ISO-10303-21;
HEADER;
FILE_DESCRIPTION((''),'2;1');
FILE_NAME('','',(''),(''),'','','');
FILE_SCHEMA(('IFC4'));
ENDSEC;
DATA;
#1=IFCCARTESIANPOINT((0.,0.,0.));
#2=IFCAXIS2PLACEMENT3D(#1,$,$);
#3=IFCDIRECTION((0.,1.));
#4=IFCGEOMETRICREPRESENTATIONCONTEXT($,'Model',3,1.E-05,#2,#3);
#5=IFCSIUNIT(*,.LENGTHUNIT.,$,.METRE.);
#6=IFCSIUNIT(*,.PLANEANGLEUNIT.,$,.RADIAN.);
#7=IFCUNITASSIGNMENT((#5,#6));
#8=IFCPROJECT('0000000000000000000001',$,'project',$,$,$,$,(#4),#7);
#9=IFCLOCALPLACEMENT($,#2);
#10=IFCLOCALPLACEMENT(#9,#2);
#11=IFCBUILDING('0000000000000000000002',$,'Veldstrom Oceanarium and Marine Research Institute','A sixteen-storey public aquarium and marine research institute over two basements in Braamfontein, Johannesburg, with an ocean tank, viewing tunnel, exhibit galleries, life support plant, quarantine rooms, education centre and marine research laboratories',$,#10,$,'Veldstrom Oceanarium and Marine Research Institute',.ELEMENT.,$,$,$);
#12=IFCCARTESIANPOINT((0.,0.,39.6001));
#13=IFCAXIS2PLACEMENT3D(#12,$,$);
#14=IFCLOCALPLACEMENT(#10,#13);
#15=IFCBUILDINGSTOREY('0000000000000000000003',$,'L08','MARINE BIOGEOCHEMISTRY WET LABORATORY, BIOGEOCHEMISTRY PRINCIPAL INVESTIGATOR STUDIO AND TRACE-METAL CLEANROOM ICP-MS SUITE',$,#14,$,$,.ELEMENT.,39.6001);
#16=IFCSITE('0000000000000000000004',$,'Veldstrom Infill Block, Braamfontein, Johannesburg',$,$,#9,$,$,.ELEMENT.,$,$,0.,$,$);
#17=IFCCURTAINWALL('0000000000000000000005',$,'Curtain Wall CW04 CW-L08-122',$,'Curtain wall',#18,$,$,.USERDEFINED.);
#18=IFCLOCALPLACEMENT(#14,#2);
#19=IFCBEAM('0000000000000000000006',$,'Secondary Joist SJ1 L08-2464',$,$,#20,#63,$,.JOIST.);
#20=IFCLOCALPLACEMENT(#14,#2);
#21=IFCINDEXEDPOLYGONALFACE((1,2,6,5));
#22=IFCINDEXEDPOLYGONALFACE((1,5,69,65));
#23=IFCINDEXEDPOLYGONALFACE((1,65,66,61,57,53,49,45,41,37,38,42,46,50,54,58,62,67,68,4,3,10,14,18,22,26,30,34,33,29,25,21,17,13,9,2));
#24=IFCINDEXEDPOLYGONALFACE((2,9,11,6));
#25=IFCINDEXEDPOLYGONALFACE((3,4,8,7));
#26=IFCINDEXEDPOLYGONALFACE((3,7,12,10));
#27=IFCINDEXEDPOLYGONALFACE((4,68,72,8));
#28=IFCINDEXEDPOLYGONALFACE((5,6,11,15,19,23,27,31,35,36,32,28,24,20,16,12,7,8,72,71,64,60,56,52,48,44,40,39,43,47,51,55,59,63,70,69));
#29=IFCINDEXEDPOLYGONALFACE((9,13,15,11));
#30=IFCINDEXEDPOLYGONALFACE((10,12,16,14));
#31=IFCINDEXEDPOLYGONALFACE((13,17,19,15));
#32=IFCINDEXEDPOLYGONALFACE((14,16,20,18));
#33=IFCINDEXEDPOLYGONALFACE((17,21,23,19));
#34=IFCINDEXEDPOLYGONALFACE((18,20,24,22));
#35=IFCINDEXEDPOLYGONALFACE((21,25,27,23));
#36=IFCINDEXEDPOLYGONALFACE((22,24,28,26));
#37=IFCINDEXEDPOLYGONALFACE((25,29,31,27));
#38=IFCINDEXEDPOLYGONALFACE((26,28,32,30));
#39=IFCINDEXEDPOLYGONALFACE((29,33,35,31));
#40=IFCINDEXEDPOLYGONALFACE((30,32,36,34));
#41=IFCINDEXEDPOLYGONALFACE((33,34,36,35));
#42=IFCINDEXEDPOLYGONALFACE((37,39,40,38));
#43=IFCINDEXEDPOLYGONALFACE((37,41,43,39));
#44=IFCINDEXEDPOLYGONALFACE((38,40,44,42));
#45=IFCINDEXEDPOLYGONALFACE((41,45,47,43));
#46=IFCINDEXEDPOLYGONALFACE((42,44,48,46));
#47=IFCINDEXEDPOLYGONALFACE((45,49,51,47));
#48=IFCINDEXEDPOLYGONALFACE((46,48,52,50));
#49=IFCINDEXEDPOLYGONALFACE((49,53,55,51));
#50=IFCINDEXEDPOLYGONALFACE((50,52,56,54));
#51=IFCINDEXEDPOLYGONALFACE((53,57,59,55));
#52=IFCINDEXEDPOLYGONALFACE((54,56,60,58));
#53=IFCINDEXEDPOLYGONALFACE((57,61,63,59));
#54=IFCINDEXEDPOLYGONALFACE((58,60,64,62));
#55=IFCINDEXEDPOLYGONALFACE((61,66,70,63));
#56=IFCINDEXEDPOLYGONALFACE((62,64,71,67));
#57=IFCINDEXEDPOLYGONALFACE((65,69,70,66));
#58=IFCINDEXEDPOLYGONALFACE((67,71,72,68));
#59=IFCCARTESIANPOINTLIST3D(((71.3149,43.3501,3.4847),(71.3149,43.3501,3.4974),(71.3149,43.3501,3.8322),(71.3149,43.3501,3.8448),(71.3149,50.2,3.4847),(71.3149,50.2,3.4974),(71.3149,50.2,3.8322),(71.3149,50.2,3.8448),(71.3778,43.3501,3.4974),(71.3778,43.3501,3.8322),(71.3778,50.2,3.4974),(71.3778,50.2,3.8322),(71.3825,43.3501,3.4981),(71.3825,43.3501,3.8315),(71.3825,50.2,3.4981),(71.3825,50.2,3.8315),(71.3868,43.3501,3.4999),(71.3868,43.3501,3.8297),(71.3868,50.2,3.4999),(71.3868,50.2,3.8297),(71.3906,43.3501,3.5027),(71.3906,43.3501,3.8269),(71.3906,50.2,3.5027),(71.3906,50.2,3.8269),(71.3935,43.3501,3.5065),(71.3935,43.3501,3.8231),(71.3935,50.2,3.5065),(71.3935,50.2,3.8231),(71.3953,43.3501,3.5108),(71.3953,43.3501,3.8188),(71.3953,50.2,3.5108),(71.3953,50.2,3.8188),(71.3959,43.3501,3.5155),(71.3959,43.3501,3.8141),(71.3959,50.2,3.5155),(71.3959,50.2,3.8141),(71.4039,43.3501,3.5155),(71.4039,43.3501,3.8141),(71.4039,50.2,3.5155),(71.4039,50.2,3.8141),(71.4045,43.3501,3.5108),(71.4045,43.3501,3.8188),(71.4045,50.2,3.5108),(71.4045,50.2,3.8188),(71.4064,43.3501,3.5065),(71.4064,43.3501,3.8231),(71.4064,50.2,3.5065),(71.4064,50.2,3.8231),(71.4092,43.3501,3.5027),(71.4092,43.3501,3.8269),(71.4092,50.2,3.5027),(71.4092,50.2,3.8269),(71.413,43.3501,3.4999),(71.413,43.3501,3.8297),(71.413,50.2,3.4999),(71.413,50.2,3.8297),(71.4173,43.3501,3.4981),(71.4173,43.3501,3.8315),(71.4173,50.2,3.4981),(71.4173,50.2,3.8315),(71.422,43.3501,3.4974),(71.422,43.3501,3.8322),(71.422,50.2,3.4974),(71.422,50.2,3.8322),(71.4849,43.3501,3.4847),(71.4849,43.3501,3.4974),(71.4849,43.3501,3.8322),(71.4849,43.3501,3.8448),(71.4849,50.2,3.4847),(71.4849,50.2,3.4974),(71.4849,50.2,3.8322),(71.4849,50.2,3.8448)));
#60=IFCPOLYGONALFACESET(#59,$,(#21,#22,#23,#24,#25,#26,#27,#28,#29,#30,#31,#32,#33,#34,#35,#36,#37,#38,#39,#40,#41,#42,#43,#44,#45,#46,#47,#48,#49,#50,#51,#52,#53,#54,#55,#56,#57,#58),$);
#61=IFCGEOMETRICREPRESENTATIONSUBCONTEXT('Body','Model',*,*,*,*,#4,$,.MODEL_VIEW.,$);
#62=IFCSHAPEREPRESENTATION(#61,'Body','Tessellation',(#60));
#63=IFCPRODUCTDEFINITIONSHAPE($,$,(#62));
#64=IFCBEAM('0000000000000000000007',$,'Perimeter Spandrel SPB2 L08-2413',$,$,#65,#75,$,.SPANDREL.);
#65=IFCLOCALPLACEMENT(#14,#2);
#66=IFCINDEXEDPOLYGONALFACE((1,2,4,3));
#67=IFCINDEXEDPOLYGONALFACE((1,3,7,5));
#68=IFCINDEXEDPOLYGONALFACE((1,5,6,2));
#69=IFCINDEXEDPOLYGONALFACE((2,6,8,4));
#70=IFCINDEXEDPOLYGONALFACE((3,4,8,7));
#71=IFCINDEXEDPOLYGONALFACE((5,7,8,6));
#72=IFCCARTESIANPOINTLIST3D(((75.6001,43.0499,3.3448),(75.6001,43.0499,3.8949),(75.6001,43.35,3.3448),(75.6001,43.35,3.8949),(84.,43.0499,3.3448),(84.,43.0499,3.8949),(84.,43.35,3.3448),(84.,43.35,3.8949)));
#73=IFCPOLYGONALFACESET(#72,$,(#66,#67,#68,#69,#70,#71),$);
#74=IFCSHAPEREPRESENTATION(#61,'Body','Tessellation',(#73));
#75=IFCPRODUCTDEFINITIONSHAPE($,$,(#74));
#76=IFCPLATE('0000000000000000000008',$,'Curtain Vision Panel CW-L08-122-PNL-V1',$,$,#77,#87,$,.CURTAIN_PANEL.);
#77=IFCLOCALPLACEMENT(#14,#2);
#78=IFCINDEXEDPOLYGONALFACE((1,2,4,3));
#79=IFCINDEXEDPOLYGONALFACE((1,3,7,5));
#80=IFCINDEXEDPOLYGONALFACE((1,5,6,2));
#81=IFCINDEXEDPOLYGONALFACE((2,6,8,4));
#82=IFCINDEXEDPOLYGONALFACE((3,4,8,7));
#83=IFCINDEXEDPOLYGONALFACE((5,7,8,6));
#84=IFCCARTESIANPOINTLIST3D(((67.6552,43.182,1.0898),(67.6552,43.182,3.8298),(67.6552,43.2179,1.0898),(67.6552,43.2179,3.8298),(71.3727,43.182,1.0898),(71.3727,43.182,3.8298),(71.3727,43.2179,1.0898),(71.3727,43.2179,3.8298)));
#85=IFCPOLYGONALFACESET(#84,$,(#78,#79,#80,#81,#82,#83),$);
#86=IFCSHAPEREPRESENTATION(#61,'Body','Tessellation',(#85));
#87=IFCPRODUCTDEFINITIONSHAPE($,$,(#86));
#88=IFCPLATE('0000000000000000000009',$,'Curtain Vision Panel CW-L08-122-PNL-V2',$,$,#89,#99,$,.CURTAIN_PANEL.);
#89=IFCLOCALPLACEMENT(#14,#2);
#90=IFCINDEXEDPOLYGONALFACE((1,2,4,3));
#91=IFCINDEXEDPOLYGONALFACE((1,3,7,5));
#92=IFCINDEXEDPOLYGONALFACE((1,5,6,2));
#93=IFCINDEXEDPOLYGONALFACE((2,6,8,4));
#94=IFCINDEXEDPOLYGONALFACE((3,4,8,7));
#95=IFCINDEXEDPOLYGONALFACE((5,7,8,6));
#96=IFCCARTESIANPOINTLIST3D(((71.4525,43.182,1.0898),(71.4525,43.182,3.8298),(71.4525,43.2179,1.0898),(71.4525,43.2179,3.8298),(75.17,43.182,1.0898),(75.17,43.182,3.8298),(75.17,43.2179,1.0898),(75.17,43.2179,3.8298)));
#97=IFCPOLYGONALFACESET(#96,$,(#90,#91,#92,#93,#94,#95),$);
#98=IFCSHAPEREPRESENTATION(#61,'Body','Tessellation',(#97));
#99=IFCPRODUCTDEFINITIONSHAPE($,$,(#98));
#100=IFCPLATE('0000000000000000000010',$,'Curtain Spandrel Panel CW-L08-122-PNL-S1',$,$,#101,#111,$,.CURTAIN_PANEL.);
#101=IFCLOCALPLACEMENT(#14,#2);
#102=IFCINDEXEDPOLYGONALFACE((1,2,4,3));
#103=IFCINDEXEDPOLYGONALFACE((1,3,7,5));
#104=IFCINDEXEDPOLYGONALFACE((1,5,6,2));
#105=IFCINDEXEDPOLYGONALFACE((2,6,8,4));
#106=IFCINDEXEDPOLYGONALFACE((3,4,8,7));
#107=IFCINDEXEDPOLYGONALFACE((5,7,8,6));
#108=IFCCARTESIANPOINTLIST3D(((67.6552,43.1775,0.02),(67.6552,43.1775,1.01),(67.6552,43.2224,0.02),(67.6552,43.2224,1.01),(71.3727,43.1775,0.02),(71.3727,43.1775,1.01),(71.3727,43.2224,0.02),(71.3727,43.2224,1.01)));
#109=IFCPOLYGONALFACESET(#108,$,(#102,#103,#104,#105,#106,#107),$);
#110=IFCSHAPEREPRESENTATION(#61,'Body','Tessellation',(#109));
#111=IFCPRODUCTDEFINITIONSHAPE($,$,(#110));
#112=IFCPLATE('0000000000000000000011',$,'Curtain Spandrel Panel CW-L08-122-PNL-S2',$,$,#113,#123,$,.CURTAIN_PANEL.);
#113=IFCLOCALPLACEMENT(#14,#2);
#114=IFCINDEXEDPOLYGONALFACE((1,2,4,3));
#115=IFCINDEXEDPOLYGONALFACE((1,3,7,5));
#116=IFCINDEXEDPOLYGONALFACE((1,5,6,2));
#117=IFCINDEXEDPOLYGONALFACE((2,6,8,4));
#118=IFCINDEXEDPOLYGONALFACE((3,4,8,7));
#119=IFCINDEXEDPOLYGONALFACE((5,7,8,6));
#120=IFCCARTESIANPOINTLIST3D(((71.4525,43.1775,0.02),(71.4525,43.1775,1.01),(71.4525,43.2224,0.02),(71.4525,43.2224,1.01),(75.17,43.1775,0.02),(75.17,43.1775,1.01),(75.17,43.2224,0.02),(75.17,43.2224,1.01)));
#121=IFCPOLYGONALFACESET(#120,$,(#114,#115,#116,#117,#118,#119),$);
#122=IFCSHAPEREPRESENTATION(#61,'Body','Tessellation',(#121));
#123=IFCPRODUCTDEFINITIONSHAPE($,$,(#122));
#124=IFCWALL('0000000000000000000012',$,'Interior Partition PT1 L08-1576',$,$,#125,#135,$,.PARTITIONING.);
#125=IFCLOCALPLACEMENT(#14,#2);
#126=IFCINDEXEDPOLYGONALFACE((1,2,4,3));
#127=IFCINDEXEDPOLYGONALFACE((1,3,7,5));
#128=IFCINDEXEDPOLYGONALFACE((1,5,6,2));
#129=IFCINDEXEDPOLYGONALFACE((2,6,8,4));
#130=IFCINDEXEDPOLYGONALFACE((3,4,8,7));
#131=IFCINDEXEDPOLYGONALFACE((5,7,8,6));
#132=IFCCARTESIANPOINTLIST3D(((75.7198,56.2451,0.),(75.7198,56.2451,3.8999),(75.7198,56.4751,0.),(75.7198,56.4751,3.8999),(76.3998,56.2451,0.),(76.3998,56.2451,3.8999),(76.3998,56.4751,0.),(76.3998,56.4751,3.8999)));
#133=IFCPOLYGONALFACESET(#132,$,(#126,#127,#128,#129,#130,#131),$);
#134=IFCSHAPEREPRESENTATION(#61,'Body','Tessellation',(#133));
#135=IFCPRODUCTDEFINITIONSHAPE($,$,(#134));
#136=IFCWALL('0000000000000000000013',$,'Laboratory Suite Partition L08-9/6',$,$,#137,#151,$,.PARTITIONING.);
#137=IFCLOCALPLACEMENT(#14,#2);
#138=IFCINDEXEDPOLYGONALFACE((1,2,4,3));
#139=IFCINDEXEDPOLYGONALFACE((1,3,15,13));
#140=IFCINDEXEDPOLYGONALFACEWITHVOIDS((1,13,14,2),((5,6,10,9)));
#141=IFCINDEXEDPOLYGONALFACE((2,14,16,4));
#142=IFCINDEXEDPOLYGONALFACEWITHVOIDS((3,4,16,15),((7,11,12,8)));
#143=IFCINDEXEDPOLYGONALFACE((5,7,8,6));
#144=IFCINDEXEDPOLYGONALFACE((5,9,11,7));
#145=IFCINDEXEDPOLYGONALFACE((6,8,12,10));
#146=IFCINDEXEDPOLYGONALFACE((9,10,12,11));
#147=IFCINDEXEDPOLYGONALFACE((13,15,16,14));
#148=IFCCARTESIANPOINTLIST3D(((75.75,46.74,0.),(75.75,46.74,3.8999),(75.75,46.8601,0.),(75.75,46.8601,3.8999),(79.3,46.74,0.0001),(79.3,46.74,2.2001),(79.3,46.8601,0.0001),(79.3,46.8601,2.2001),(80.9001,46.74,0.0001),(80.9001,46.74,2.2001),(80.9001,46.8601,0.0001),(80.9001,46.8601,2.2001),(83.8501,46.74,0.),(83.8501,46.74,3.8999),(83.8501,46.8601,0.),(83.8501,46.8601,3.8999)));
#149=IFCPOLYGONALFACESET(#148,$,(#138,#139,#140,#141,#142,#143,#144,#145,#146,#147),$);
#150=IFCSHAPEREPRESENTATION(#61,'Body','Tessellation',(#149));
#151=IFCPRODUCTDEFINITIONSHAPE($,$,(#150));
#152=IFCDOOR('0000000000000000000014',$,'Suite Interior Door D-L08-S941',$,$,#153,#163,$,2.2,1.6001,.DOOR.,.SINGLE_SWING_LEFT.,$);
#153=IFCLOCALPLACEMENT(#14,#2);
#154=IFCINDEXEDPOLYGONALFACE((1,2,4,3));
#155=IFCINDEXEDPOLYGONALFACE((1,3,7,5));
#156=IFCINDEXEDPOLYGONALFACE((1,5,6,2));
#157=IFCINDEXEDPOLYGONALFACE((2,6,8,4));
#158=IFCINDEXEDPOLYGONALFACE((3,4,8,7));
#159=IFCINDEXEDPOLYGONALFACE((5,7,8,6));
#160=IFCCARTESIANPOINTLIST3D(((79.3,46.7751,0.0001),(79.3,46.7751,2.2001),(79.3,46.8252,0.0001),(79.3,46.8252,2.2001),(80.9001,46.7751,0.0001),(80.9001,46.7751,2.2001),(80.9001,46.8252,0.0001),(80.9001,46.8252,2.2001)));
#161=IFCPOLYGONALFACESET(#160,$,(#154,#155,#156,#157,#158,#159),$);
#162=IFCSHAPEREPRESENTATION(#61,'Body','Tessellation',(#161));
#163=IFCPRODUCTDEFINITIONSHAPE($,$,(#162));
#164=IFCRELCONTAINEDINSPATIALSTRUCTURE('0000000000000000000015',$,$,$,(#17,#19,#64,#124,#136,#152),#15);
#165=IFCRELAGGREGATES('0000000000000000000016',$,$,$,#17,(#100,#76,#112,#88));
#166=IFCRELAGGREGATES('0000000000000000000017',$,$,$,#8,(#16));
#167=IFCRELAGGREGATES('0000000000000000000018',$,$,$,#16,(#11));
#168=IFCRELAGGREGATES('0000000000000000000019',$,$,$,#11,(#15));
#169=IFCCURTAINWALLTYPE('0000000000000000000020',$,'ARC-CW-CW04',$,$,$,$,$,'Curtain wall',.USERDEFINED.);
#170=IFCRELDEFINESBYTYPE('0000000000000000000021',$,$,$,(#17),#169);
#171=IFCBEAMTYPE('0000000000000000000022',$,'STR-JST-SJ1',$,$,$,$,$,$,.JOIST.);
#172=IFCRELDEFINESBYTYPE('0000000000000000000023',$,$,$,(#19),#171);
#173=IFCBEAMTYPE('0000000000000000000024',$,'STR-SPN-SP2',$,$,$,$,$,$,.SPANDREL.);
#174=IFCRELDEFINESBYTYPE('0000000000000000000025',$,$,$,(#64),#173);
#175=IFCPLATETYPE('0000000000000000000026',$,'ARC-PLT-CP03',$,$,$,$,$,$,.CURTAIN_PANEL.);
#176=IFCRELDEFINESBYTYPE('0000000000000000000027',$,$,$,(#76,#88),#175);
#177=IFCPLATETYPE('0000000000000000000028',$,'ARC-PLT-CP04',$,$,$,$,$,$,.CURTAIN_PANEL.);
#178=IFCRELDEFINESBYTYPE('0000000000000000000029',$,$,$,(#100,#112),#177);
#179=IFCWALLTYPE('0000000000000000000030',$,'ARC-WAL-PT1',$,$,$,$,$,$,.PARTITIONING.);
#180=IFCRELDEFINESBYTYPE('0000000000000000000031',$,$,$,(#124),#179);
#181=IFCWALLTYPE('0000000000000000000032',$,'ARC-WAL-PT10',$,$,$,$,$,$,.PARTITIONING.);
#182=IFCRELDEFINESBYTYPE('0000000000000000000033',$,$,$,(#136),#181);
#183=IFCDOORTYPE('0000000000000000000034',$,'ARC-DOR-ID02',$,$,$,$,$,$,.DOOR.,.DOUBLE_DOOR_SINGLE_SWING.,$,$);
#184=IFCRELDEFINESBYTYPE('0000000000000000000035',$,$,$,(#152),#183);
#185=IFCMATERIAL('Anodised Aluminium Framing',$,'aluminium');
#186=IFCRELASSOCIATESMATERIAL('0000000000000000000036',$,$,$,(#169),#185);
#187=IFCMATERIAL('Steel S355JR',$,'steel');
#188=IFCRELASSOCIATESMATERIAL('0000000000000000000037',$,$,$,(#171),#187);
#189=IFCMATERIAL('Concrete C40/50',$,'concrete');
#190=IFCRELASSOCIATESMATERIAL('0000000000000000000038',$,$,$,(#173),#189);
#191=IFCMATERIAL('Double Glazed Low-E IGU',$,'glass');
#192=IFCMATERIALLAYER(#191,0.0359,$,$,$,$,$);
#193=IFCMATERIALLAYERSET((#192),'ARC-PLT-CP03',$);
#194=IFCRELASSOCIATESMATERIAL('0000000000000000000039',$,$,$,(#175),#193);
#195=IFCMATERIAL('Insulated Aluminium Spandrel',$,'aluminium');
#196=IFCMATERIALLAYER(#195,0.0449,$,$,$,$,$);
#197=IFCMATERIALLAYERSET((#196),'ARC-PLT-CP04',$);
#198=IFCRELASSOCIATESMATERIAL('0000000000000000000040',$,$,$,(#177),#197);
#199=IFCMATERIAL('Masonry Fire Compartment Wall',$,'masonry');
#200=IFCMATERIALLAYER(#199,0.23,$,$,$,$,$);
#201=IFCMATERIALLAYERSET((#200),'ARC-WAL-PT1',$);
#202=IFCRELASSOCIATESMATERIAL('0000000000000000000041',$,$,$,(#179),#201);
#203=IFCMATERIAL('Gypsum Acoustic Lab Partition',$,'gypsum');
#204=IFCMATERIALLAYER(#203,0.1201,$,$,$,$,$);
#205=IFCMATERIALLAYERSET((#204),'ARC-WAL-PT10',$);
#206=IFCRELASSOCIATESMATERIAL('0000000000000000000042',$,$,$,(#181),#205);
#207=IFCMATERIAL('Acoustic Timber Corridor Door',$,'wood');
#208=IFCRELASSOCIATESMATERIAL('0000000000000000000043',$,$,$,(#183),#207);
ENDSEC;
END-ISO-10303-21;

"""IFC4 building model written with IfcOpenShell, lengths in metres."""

from ifc_helpers import new_model, si_unit, direction, frame, frame_2d, origin, origin_2d, place, context, subcontext, project, spatial, rectangle, i_section, extrude, material, layer, layer_set, material_profile, profile_set, type_object, element, fill, aggregate, save


model = new_model("IFC4")

# Units and contexts
model_context = context("Model", 3, precision=1e-05, world=origin(), true_north=direction((0.0, 1.0)))
body_context = subcontext(model_context, "Body", "Model", "MODEL_VIEW")
ifc_project = project(units=[si_unit("LENGTHUNIT", "METRE"), si_unit("PLANEANGLEUNIT", "RADIAN")], contexts=[model_context])

# Site, building, storey
site_placement = place(None, origin())
site = spatial("IfcSite", under=ifc_project, at=site_placement, Name="Veldstrom Infill Block, Braamfontein, Johannesburg", CompositionType="ELEMENT", RefElevation=0.0)
building_placement = place(site_placement, origin())
building = spatial("IfcBuilding", under=site, at=building_placement, Name="Veldstrom Oceanarium and Marine Research Institute", Description="A sixteen-storey public aquarium and marine research institute over two basements in Braamfontein, Johannesburg, with an ocean tank, viewing tunnel, exhibit galleries, life support plant, quarantine rooms, education centre and marine research laboratories", LongName="Veldstrom Oceanarium and Marine Research Institute", CompositionType="ELEMENT")
storey_placement = place(building_placement, frame((0.0, 0.0, 39.6001)))
storey = spatial("IfcBuildingStorey", under=building, at=storey_placement, Name="L08", Description="MARINE BIOGEOCHEMISTRY WET LABORATORY, BIOGEOCHEMISTRY PRINCIPAL INVESTIGATOR STUDIO AND TRACE-METAL CLEANROOM ICP-MS SUITE", CompositionType="ELEMENT", Elevation=39.6001)

# Curtain wall
ifc_material_1 = material(Name="Anodised Aluminium Framing", Category="aluminium")
curtain_wall_type = type_object("IfcCurtainWallType", Name="ARC-CW-CW04", ElementType="Curtain wall", PredefinedType="USERDEFINED", material=ifc_material_1)
curtain_wall_placement = place(storey_placement, origin())
curtain_wall = element("IfcCurtainWall", 1, at=curtain_wall_placement, inside=storey, type_object=curtain_wall_type, Name="Curtain Wall CW04 CW-L08-122", ObjectType="Curtain wall", PredefinedType="USERDEFINED")

# Beams
ifc_material_2 = material(Name="Steel S355JR", Category="steel")
ifc_material_profile_1 = material_profile(ifc_material_2, i_section(OverallWidth=0.1699, OverallDepth=0.3601, WebThickness=0.0081, FlangeThickness=0.0127, FilletRadius=0.0181, at=origin_2d()), Name="IPE 360")
ifc_profile_set_1 = profile_set([ifc_material_profile_1], Name="Steel S355JR")
beam_type_1 = type_object("IfcBeamType", Name="STR-JST-SJ1", PredefinedType="JOIST", material=ifc_profile_set_1)
beam_1_placement = place(storey_placement, frame((71.3999, 43.3501, 3.6648), z_axis=(0.0, 1.0, 0.0), x_axis=(-1.0, 0.0, 0.0)))
element("IfcBeam", 2, at=beam_1_placement, inside=storey, type_object=beam_type_1, Name="Secondary Joist SJ1 L08-2464", PredefinedType="JOIST", context=body_context, shape_type="SweptSolid", body=[
    extrude(i_section(OverallWidth=0.1699, OverallDepth=0.3601, WebThickness=0.0081, FlangeThickness=0.0127, FilletRadius=0.0181, at=origin_2d()), origin(), (0.0, 0.0, 1.0), 6.8499),
])
ifc_material_3 = material(Name="Concrete C40/50", Category="concrete")
ifc_material_profile_2 = material_profile(ifc_material_3, rectangle(XDim=0.3, YDim=0.55, at=origin_2d()), Name="RC-SPN-300x550")
ifc_profile_set_2 = profile_set([ifc_material_profile_2], Name="Concrete C40/50")
beam_type_2 = type_object("IfcBeamType", Name="STR-SPN-SP2", PredefinedType="SPANDREL", material=ifc_profile_set_2)
beam_2_placement = place(storey_placement, frame((75.6001, 43.2, 3.6199), z_axis=(1.0, 0.0, 0.0), x_axis=(0.0, 1.0, 0.0)))
element("IfcBeam", 3, at=beam_2_placement, inside=storey, type_object=beam_type_2, Name="Perimeter Spandrel SPB2 L08-2413", PredefinedType="SPANDREL", context=body_context, shape_type="SweptSolid", body=[
    extrude(rectangle(XDim=0.3, YDim=0.55, at=origin_2d()), origin(), (0.0, 0.0, 1.0), 8.3999),
])

# Plates
ifc_material_4 = material(Name="Double Glazed Low-E IGU", Category="glass")
ifc_layer_1 = layer(ifc_material_4, 0.0359)
ifc_layer_set_1 = layer_set([ifc_layer_1], Name="ARC-PLT-CP03")
plate_type_1 = type_object("IfcPlateType", Name="ARC-PLT-CP03", PredefinedType="CURTAIN_PANEL", material=ifc_layer_set_1)
plate_1_placement = place(storey_placement, frame((69.5139, 43.2, 1.0898), z_axis=(0.0, 0.0, 1.0), x_axis=(1.0, 0.0, 0.0)))
plate_1 = element("IfcPlate", 4, at=plate_1_placement, type_object=plate_type_1, Name="Curtain Vision Panel CW-L08-122-PNL-V1", PredefinedType="CURTAIN_PANEL", context=body_context, shape_type="SweptSolid", body=[
    extrude(rectangle(XDim=3.7175, YDim=0.0359, at=origin_2d()), origin(), (0.0, 0.0, 1.0), 2.74),
])
plate_2_placement = place(storey_placement, frame((73.3113, 43.2, 1.0898), z_axis=(0.0, 0.0, 1.0), x_axis=(1.0, 0.0, 0.0)))
plate_2 = element("IfcPlate", 5, at=plate_2_placement, type_object=plate_type_1, Name="Curtain Vision Panel CW-L08-122-PNL-V2", PredefinedType="CURTAIN_PANEL", context=body_context, shape_type="SweptSolid", body=[
    extrude(rectangle(XDim=3.7175, YDim=0.0359, at=origin_2d()), origin(), (0.0, 0.0, 1.0), 2.74),
])
ifc_material_5 = material(Name="Insulated Aluminium Spandrel", Category="aluminium")
ifc_layer_2 = layer(ifc_material_5, 0.0449)
ifc_layer_set_2 = layer_set([ifc_layer_2], Name="ARC-PLT-CP04")
plate_type_2 = type_object("IfcPlateType", Name="ARC-PLT-CP04", PredefinedType="CURTAIN_PANEL", material=ifc_layer_set_2)
plate_3_placement = place(storey_placement, frame((69.5139, 43.2, 0.02), z_axis=(0.0, 0.0, 1.0), x_axis=(1.0, 0.0, 0.0)))
plate_3 = element("IfcPlate", 6, at=plate_3_placement, type_object=plate_type_2, Name="Curtain Spandrel Panel CW-L08-122-PNL-S1", PredefinedType="CURTAIN_PANEL", context=body_context, shape_type="SweptSolid", body=[
    extrude(rectangle(XDim=3.7175, YDim=0.0449, at=origin_2d()), origin(), (0.0, 0.0, 1.0), 0.99),
])
plate_4_placement = place(storey_placement, frame((73.3113, 43.2, 0.02), z_axis=(0.0, 0.0, 1.0), x_axis=(1.0, 0.0, 0.0)))
plate_4 = element("IfcPlate", 7, at=plate_4_placement, type_object=plate_type_2, Name="Curtain Spandrel Panel CW-L08-122-PNL-S2", PredefinedType="CURTAIN_PANEL", context=body_context, shape_type="SweptSolid", body=[
    extrude(rectangle(XDim=3.7175, YDim=0.0449, at=origin_2d()), origin(), (0.0, 0.0, 1.0), 0.99),
])
aggregate(curtain_wall, [plate_3, plate_1, plate_4, plate_2])

# Shared definitions
ifc_material_6 = material(Name="Masonry Fire Compartment Wall", Category="masonry")
ifc_layer_3 = layer(ifc_material_6, 0.23)
ifc_layer_set_3 = layer_set([ifc_layer_3], Name="ARC-WAL-PT1")
wall_type_1 = type_object("IfcWallType", Name="ARC-WAL-PT1", PredefinedType="PARTITIONING", material=ifc_layer_set_3)

# Wall
wall_1_placement = place(storey_placement, frame((75.72, 56.3601, 0.0), z_axis=(0.0, 0.0, 1.0), x_axis=(1.0, 0.0, 0.0)))
element("IfcWall", 8, at=wall_1_placement, inside=storey, type_object=wall_type_1, Name="Interior Partition PT1 L08-1576", PredefinedType="PARTITIONING", context=body_context, shape_type="SweptSolid", body=[
    extrude(rectangle(XDim=0.6799, YDim=0.23, at=frame_2d((0.3398, 0.0))), origin(), (0.0, 0.0, 1.0), 3.8999),
])

# Wall, opening, door
ifc_material_7 = material(Name="Gypsum Acoustic Lab Partition", Category="gypsum")
ifc_layer_4 = layer(ifc_material_7, 0.1201)
ifc_layer_set_4 = layer_set([ifc_layer_4], Name="ARC-WAL-PT10")
wall_type_2 = type_object("IfcWallType", Name="ARC-WAL-PT10", PredefinedType="PARTITIONING", material=ifc_layer_set_4)
wall_2_placement = place(storey_placement, frame((75.75, 46.8, 0.0), z_axis=(0.0, 0.0, 1.0), x_axis=(1.0, 0.0, 0.0)))
wall_2 = element("IfcWall", 9, at=wall_2_placement, inside=storey, type_object=wall_type_2, Name="Laboratory Suite Partition L08-9/6", PredefinedType="PARTITIONING", context=body_context, shape_type="SweptSolid", body=[
    extrude(rectangle(XDim=8.1001, YDim=0.1201, at=frame_2d((4.05, 0.0))), origin(), (0.0, 0.0, 1.0), 3.8999),
])
opening_1_placement = place(wall_2_placement, frame((3.55, 0.0, 0.0)))
opening_1 = element("IfcOpeningElement", 10, at=opening_1_placement, cuts=wall_2, PredefinedType="OPENING", context=body_context, shape_type="SweptSolid", body=[
    extrude(rectangle(XDim=1.6001, YDim=2.2, at=frame_2d((0.8, 1.1001))), frame((0.0, 0.0701, 0.0), z_axis=(0.0, -1.0, 0.0), x_axis=(1.0, 0.0, 0.0)), (0.0, 0.0, 1.0), 0.1401),
])
ifc_material_8 = material(Name="Acoustic Timber Corridor Door", Category="wood")
door_type_1 = type_object("IfcDoorType", Name="ARC-DOR-ID02", OperationType="DOUBLE_DOOR_SINGLE_SWING", PredefinedType="DOOR", material=ifc_material_8)
door_1_placement = place(opening_1_placement, frame((1.6001, 0.0, 0.0), z_axis=(0.0, 0.0, 1.0), x_axis=(-1.0, 0.0, 0.0)))
door_1 = element("IfcDoor", 11, at=door_1_placement, inside=storey, type_object=door_type_1, Name="Suite Interior Door D-L08-S941", OperationType="SINGLE_SWING_LEFT", OverallHeight=2.2, OverallWidth=1.6001, PredefinedType="DOOR", context=body_context, shape_type="SweptSolid", body=[
    extrude(rectangle(XDim=1.6001, YDim=2.2, at=frame_2d((0.8, 1.1001))), frame((0.0, 0.0249, 0.0), z_axis=(0.0, -1.0, 0.0), x_axis=(1.0, 0.0, 0.0)), (0.0, 0.0, 1.0), 0.05),
])
fill(opening_1, door_1)

save(model, "model.ifc")
